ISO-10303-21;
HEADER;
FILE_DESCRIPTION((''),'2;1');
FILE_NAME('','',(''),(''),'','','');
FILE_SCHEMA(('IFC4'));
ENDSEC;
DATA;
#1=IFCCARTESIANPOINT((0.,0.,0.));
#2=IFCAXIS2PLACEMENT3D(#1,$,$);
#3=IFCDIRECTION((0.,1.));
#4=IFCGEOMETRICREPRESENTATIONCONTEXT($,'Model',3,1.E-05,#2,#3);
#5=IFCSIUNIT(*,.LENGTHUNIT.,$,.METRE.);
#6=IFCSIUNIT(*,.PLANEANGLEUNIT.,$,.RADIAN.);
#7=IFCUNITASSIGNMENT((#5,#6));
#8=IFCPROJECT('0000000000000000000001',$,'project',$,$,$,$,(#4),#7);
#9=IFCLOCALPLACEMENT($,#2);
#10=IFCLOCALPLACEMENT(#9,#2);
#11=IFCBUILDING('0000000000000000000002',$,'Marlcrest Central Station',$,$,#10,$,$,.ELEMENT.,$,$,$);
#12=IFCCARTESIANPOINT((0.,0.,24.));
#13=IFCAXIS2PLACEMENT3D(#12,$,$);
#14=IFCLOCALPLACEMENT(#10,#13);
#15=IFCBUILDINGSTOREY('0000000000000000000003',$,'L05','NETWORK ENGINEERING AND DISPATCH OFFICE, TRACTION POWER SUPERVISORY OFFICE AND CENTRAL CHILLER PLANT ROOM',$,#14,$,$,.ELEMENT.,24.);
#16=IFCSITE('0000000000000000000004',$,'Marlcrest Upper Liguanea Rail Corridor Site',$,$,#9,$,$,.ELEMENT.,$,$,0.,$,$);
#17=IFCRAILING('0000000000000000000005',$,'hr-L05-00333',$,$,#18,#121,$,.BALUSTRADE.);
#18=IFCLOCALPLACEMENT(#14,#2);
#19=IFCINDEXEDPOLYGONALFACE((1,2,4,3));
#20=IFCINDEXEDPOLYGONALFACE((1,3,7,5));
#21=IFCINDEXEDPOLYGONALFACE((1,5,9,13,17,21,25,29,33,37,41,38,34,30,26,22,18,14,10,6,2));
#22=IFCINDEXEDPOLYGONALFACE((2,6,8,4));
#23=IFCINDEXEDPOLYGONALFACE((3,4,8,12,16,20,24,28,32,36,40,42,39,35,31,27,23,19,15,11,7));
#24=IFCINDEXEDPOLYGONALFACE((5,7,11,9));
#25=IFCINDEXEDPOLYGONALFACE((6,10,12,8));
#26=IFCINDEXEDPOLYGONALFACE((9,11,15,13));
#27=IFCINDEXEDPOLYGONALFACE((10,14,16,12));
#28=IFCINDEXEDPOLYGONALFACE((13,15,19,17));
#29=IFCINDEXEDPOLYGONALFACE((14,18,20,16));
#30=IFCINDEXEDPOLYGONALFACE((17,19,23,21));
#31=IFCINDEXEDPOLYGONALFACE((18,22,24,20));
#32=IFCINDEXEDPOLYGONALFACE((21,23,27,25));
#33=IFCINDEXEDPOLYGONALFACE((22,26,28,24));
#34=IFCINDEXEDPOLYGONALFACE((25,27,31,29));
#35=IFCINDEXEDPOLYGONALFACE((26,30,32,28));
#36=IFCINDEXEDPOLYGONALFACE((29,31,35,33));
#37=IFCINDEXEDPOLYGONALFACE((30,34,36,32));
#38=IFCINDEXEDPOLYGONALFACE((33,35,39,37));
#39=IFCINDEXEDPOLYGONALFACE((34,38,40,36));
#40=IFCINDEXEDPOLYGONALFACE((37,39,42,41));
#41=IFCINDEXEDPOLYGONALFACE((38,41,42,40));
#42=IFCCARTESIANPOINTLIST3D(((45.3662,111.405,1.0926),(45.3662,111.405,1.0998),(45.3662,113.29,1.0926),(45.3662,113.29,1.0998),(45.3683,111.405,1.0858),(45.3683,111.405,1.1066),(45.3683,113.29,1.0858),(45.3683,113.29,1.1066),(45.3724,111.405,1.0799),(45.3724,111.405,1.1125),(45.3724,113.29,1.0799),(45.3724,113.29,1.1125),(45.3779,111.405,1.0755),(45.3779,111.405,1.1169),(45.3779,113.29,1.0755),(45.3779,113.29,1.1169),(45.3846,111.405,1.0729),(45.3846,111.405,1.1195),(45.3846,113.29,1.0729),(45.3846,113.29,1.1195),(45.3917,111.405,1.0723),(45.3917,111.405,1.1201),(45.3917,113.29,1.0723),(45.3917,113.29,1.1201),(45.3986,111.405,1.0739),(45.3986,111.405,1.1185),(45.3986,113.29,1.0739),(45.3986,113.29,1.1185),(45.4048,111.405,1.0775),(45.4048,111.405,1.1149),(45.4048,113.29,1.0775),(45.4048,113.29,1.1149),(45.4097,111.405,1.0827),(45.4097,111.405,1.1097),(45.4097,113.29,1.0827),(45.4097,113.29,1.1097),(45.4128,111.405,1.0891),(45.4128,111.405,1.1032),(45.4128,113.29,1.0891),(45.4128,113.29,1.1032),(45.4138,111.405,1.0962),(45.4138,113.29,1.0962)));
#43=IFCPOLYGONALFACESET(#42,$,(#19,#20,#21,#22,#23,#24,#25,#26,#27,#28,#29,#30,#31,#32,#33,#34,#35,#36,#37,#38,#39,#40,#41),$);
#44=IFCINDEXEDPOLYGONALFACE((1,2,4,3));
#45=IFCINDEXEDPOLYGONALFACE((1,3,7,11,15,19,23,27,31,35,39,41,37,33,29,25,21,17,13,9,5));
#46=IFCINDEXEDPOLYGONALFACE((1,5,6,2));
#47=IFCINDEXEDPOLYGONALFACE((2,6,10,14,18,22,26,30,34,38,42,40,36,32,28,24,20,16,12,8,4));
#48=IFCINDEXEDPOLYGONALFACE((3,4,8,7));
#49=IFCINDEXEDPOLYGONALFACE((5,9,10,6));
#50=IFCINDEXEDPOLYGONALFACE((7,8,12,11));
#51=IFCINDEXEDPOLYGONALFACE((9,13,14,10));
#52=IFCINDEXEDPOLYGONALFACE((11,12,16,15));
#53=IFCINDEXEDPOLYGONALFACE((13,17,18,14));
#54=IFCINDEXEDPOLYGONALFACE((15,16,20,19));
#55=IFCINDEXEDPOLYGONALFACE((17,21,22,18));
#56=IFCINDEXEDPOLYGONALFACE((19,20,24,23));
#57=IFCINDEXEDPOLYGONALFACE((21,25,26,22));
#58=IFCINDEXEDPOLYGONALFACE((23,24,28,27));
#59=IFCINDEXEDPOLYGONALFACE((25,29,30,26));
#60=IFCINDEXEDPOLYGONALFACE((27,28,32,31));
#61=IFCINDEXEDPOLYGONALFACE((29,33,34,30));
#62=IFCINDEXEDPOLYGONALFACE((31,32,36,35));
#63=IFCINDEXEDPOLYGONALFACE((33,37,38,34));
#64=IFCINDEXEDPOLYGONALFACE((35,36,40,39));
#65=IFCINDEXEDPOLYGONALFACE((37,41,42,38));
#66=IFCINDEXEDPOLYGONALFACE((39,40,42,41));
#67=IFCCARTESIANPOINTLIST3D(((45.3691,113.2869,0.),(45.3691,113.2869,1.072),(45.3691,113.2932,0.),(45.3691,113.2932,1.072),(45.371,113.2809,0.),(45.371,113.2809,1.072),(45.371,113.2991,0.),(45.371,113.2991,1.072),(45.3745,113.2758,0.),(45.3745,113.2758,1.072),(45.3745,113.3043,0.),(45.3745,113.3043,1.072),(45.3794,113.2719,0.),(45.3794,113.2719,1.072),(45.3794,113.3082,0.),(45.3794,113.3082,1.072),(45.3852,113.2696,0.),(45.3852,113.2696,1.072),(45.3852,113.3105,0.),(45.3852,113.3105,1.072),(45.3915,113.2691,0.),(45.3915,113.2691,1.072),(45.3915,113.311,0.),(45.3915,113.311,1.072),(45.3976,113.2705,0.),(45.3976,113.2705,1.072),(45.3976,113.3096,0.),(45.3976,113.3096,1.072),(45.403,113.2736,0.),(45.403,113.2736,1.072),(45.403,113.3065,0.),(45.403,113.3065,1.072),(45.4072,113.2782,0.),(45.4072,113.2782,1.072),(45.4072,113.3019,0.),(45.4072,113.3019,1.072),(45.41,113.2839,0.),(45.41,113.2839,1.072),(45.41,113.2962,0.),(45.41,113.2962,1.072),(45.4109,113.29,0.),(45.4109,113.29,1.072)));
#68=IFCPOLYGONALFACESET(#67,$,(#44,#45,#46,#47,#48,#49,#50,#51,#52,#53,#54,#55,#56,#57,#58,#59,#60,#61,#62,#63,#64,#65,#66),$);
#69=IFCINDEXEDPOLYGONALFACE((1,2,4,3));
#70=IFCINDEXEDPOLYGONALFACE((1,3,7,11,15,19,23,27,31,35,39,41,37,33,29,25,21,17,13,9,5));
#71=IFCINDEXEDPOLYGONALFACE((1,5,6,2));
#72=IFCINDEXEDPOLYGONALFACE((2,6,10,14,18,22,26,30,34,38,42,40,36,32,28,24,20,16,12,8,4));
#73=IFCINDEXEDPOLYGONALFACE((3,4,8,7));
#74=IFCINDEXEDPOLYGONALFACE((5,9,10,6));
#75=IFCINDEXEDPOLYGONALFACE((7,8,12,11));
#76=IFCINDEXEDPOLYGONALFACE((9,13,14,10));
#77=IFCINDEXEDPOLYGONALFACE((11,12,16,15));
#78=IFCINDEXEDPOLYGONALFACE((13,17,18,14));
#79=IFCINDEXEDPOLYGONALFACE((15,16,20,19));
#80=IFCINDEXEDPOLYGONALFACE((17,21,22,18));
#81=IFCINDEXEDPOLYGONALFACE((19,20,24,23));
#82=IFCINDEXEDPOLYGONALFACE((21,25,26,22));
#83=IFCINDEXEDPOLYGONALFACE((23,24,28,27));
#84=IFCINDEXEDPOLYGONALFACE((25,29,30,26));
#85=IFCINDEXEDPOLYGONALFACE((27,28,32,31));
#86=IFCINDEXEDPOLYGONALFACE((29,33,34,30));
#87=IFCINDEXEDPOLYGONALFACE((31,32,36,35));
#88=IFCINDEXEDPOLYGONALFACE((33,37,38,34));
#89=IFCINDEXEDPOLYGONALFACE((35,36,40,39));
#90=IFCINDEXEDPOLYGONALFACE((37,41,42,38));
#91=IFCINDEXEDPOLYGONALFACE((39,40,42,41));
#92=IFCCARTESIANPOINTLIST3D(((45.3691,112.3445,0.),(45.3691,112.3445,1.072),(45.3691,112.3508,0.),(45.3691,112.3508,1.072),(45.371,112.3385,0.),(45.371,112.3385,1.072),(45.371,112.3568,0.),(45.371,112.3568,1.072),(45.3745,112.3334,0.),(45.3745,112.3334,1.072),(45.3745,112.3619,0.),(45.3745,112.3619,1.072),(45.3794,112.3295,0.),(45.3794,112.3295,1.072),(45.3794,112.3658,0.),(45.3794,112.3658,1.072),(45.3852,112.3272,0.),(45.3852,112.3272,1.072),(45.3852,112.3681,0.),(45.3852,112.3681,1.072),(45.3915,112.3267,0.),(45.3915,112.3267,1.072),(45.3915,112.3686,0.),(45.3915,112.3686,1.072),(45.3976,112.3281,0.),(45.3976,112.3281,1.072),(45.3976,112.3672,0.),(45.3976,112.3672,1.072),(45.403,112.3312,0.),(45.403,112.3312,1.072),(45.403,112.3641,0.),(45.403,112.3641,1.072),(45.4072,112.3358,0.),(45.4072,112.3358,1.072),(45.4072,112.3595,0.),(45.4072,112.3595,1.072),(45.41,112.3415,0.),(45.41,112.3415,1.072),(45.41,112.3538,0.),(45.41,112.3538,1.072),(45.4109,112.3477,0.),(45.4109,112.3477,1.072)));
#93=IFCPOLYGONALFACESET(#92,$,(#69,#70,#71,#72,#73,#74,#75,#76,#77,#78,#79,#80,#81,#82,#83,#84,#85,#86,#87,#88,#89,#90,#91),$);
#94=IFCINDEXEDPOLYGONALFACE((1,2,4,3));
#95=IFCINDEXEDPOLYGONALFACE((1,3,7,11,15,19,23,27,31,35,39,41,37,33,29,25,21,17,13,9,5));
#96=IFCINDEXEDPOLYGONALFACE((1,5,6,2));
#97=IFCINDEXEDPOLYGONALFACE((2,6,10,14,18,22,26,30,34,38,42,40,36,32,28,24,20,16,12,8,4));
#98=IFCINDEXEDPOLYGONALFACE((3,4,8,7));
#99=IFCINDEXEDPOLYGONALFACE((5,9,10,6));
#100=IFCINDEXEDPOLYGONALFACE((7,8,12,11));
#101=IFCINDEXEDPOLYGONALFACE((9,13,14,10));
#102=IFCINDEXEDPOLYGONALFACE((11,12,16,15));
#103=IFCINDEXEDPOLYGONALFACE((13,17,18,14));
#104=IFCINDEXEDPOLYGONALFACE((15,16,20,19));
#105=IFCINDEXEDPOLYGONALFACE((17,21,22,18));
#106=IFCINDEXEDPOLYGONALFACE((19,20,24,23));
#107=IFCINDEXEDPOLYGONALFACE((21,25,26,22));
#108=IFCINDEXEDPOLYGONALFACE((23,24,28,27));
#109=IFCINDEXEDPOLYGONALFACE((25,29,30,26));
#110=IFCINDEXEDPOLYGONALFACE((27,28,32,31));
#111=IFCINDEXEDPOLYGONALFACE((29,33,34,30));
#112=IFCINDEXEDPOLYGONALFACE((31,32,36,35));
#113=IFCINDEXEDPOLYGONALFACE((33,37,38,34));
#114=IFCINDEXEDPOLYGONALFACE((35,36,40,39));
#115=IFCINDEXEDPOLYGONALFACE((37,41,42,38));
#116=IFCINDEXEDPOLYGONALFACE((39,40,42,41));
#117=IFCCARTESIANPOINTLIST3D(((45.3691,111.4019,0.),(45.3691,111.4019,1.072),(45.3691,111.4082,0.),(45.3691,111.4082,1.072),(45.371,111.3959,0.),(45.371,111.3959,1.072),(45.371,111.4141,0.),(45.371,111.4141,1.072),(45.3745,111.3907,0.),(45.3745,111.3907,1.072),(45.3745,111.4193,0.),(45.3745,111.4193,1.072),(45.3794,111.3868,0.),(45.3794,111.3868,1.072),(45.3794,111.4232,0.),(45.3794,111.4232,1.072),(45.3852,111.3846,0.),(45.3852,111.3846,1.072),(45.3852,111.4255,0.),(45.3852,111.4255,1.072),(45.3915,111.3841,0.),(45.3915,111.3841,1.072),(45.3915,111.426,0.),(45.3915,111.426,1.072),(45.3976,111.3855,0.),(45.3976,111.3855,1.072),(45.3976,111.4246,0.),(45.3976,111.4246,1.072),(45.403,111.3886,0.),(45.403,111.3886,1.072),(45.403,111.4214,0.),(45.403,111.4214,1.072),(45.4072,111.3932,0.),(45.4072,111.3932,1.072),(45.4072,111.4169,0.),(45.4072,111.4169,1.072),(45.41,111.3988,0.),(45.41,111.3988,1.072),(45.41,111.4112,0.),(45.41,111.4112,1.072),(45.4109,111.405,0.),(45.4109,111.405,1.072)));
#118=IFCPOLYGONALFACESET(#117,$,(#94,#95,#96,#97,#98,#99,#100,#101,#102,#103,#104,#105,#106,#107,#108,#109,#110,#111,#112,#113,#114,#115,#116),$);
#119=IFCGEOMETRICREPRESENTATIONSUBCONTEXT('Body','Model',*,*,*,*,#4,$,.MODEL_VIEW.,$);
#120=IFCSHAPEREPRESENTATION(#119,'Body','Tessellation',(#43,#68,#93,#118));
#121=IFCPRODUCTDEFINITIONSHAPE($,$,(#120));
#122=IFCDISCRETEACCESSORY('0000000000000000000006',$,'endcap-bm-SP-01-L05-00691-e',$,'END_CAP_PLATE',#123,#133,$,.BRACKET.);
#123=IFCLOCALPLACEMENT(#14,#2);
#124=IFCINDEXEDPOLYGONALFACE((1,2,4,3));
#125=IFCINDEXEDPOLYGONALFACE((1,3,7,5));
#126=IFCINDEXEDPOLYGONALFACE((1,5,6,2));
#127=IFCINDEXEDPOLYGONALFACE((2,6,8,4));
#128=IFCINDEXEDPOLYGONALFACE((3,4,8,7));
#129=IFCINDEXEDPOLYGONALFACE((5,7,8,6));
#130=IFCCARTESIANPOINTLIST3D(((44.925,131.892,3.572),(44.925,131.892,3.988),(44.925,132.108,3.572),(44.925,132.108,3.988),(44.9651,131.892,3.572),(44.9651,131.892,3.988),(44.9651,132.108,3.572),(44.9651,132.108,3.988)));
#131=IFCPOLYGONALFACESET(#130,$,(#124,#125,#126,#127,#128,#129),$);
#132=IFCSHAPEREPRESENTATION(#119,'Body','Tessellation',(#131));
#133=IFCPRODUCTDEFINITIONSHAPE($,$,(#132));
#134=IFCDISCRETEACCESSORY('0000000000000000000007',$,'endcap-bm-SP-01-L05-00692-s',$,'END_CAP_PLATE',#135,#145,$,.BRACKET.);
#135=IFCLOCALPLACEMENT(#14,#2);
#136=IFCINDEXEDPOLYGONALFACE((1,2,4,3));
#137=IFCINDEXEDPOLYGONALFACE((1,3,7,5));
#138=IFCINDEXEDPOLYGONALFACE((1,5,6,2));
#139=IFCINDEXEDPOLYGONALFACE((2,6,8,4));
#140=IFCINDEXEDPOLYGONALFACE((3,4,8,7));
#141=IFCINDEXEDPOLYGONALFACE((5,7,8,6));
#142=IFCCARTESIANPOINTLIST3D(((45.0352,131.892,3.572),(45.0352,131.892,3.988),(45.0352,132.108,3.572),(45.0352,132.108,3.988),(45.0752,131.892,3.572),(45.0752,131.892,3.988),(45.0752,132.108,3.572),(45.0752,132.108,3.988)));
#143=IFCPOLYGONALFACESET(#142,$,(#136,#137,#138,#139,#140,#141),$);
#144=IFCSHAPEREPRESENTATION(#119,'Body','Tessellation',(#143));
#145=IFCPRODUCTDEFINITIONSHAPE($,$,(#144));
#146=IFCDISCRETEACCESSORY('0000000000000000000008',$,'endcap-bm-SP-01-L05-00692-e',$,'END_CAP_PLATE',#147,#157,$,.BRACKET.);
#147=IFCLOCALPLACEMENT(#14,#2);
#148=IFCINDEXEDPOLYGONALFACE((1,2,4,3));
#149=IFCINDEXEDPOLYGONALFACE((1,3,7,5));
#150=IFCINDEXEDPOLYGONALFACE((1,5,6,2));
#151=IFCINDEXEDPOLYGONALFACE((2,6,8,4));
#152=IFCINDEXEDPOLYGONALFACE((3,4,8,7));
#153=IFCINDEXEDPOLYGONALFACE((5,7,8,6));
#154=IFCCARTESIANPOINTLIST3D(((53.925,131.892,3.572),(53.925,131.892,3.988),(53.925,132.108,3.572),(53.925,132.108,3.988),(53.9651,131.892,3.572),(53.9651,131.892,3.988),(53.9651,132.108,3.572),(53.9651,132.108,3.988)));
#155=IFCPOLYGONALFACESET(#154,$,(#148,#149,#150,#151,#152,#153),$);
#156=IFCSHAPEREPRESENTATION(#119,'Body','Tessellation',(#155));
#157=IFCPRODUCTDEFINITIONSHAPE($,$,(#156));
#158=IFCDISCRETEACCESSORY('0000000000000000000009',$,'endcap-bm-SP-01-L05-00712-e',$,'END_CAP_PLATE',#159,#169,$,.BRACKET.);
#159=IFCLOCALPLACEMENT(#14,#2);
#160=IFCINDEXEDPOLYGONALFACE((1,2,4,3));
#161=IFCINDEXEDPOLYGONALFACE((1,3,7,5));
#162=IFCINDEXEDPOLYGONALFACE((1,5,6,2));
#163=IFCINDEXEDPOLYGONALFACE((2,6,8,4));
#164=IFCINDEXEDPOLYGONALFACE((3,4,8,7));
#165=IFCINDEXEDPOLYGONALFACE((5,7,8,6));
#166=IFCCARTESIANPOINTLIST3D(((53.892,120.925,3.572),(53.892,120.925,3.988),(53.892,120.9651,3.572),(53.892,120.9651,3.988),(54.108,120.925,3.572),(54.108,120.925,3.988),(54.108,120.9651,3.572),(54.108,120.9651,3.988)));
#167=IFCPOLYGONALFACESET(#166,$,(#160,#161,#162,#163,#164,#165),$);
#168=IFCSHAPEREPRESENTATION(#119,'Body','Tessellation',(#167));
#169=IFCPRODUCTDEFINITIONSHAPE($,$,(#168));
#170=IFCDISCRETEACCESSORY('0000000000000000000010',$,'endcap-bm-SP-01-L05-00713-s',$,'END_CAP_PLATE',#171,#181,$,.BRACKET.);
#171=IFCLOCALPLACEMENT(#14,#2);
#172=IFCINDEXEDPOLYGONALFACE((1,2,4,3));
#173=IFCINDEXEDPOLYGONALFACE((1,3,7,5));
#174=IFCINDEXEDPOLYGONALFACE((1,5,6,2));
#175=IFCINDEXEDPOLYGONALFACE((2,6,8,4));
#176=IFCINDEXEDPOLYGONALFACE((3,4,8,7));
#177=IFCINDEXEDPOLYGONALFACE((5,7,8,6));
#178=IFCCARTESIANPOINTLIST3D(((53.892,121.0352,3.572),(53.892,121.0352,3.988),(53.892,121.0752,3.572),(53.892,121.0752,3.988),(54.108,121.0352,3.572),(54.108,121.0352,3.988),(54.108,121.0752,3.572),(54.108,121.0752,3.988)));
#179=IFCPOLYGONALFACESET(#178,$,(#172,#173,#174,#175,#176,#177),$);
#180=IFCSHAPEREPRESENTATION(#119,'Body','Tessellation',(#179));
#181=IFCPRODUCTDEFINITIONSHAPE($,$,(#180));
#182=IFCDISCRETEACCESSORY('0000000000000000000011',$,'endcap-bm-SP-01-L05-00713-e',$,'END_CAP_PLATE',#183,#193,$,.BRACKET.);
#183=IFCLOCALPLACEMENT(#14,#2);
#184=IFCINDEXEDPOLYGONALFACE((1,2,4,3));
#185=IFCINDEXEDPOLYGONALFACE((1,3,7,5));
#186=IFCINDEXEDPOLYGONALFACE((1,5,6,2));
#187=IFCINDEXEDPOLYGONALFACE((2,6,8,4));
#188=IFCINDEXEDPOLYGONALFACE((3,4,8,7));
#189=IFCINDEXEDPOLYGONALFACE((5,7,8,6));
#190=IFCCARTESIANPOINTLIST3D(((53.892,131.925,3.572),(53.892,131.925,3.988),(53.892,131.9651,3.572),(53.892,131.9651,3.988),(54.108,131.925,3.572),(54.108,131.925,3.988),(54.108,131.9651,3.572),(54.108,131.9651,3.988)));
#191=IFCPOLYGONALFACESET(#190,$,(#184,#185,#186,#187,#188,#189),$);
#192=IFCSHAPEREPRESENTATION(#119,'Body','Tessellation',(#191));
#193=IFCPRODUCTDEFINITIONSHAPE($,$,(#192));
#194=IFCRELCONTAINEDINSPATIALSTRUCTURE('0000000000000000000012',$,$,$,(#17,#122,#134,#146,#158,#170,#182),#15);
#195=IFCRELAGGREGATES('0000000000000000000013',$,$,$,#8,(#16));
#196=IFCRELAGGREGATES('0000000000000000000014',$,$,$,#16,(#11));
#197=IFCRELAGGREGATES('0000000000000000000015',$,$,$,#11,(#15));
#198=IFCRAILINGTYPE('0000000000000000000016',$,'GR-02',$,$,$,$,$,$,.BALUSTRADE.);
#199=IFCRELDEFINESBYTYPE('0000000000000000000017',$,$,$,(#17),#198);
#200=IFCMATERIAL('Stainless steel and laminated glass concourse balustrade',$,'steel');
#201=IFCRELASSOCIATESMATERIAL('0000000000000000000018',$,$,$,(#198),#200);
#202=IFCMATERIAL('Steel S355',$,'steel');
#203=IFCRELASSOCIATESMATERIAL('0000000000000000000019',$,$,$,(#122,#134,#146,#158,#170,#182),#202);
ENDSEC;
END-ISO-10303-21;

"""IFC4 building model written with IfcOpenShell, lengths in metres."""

from ifc_helpers import new_model, si_unit, direction, frame, origin, origin_2d, place, context, subcontext, project, spatial, rectangle, circle, extrude, material, type_object, element, save


model = new_model("IFC4")

# Units and contexts
model_context = context("Model", 3, precision=1e-05, world=origin(), true_north=direction((0.0, 1.0)))
body_context = subcontext(model_context, "Body", "Model", "MODEL_VIEW")
ifc_project = project(units=[si_unit("LENGTHUNIT", "METRE"), si_unit("PLANEANGLEUNIT", "RADIAN")], contexts=[model_context])

# Site, building, storey
site_placement = place(None, origin())
site = spatial("IfcSite", under=ifc_project, at=site_placement, Name="Marlcrest Upper Liguanea Rail Corridor Site", CompositionType="ELEMENT", RefElevation=0.0)
building_placement = place(site_placement, origin())
building = spatial("IfcBuilding", under=site, at=building_placement, Name="Marlcrest Central Station", CompositionType="ELEMENT")
storey_placement = place(building_placement, frame((0.0, 0.0, 24.0)))
storey = spatial("IfcBuildingStorey", under=building, at=storey_placement, Name="L05", Description="NETWORK ENGINEERING AND DISPATCH OFFICE, TRACTION POWER SUPERVISORY OFFICE AND CENTRAL CHILLER PLANT ROOM", CompositionType="ELEMENT", Elevation=24.0)

# Shared definitions
ifc_material_1 = material(Name="Steel S355", Category="steel")

# Railing
ifc_material_2 = material(Name="Stainless steel and laminated glass concourse balustrade", Category="steel")
railing_type = type_object("IfcRailingType", Name="GR-02", PredefinedType="BALUSTRADE", material=ifc_material_2)
railing_1_placement = place(storey_placement, frame((45.3899, 113.29, 0.0)))
element("IfcRailing", 1, at=railing_1_placement, inside=storey, type_object=railing_type, Name="hr-L05-00333", PredefinedType="BALUSTRADE", context=body_context, shape_type="SweptSolid", body=[
    extrude(circle(Radius=0.0239, at=origin_2d()), frame((0.0, 0.0, 1.0962), z_axis=(0.0, -1.0, 0.0), x_axis=(1.0, 0.0, 0.0)), (0.0, 0.0, 1.0), 1.885),
    extrude(circle(Radius=0.021, at=origin_2d()), origin(), (0.0, 0.0, 1.0), 1.072),
    extrude(circle(Radius=0.021, at=origin_2d()), frame((0.0, -0.9424, 0.0)), (0.0, 0.0, 1.0), 1.072),
    extrude(circle(Radius=0.021, at=origin_2d()), frame((0.0, -1.885, 0.0)), (0.0, 0.0, 1.0), 1.072),
])

# Discrete accessories
for number, where, z_axis, x_axis, name in (
    (2, (44.925, 132.0, 3.78), (1.0, 0.0, 0.0), (0.0, 1.0, 0.0), "endcap-bm-SP-01-L05-00691-e"),
    (3, (45.0352, 132.0, 3.78), (1.0, 0.0, 0.0), (0.0, 1.0, 0.0), "endcap-bm-SP-01-L05-00692-s"),
    (4, (53.925, 132.0, 3.78), (1.0, 0.0, 0.0), (0.0, 1.0, 0.0), "endcap-bm-SP-01-L05-00692-e"),
    (5, (54.0, 120.925, 3.78), (0.0, 1.0, 0.0), (-1.0, 0.0, 0.0), "endcap-bm-SP-01-L05-00712-e"),
    (6, (54.0, 121.0352, 3.78), (0.0, 1.0, 0.0), (-1.0, 0.0, 0.0), "endcap-bm-SP-01-L05-00713-s"),
    (7, (54.0, 131.925, 3.78), (0.0, 1.0, 0.0), (-1.0, 0.0, 0.0), "endcap-bm-SP-01-L05-00713-e"),
):
    element("IfcDiscreteAccessory", number, at=place(storey_placement, frame(where, z_axis=z_axis, x_axis=x_axis)), inside=storey, material=ifc_material_1, Name=name, ObjectType="END_CAP_PLATE", PredefinedType="BRACKET", context=body_context, shape_type="SweptSolid", body=[
        extrude(rectangle(XDim=0.2161, YDim=0.416, at=origin_2d()), origin(), (0.0, 0.0, 1.0), 0.04),
    ])

save(model, "model.ifc")
